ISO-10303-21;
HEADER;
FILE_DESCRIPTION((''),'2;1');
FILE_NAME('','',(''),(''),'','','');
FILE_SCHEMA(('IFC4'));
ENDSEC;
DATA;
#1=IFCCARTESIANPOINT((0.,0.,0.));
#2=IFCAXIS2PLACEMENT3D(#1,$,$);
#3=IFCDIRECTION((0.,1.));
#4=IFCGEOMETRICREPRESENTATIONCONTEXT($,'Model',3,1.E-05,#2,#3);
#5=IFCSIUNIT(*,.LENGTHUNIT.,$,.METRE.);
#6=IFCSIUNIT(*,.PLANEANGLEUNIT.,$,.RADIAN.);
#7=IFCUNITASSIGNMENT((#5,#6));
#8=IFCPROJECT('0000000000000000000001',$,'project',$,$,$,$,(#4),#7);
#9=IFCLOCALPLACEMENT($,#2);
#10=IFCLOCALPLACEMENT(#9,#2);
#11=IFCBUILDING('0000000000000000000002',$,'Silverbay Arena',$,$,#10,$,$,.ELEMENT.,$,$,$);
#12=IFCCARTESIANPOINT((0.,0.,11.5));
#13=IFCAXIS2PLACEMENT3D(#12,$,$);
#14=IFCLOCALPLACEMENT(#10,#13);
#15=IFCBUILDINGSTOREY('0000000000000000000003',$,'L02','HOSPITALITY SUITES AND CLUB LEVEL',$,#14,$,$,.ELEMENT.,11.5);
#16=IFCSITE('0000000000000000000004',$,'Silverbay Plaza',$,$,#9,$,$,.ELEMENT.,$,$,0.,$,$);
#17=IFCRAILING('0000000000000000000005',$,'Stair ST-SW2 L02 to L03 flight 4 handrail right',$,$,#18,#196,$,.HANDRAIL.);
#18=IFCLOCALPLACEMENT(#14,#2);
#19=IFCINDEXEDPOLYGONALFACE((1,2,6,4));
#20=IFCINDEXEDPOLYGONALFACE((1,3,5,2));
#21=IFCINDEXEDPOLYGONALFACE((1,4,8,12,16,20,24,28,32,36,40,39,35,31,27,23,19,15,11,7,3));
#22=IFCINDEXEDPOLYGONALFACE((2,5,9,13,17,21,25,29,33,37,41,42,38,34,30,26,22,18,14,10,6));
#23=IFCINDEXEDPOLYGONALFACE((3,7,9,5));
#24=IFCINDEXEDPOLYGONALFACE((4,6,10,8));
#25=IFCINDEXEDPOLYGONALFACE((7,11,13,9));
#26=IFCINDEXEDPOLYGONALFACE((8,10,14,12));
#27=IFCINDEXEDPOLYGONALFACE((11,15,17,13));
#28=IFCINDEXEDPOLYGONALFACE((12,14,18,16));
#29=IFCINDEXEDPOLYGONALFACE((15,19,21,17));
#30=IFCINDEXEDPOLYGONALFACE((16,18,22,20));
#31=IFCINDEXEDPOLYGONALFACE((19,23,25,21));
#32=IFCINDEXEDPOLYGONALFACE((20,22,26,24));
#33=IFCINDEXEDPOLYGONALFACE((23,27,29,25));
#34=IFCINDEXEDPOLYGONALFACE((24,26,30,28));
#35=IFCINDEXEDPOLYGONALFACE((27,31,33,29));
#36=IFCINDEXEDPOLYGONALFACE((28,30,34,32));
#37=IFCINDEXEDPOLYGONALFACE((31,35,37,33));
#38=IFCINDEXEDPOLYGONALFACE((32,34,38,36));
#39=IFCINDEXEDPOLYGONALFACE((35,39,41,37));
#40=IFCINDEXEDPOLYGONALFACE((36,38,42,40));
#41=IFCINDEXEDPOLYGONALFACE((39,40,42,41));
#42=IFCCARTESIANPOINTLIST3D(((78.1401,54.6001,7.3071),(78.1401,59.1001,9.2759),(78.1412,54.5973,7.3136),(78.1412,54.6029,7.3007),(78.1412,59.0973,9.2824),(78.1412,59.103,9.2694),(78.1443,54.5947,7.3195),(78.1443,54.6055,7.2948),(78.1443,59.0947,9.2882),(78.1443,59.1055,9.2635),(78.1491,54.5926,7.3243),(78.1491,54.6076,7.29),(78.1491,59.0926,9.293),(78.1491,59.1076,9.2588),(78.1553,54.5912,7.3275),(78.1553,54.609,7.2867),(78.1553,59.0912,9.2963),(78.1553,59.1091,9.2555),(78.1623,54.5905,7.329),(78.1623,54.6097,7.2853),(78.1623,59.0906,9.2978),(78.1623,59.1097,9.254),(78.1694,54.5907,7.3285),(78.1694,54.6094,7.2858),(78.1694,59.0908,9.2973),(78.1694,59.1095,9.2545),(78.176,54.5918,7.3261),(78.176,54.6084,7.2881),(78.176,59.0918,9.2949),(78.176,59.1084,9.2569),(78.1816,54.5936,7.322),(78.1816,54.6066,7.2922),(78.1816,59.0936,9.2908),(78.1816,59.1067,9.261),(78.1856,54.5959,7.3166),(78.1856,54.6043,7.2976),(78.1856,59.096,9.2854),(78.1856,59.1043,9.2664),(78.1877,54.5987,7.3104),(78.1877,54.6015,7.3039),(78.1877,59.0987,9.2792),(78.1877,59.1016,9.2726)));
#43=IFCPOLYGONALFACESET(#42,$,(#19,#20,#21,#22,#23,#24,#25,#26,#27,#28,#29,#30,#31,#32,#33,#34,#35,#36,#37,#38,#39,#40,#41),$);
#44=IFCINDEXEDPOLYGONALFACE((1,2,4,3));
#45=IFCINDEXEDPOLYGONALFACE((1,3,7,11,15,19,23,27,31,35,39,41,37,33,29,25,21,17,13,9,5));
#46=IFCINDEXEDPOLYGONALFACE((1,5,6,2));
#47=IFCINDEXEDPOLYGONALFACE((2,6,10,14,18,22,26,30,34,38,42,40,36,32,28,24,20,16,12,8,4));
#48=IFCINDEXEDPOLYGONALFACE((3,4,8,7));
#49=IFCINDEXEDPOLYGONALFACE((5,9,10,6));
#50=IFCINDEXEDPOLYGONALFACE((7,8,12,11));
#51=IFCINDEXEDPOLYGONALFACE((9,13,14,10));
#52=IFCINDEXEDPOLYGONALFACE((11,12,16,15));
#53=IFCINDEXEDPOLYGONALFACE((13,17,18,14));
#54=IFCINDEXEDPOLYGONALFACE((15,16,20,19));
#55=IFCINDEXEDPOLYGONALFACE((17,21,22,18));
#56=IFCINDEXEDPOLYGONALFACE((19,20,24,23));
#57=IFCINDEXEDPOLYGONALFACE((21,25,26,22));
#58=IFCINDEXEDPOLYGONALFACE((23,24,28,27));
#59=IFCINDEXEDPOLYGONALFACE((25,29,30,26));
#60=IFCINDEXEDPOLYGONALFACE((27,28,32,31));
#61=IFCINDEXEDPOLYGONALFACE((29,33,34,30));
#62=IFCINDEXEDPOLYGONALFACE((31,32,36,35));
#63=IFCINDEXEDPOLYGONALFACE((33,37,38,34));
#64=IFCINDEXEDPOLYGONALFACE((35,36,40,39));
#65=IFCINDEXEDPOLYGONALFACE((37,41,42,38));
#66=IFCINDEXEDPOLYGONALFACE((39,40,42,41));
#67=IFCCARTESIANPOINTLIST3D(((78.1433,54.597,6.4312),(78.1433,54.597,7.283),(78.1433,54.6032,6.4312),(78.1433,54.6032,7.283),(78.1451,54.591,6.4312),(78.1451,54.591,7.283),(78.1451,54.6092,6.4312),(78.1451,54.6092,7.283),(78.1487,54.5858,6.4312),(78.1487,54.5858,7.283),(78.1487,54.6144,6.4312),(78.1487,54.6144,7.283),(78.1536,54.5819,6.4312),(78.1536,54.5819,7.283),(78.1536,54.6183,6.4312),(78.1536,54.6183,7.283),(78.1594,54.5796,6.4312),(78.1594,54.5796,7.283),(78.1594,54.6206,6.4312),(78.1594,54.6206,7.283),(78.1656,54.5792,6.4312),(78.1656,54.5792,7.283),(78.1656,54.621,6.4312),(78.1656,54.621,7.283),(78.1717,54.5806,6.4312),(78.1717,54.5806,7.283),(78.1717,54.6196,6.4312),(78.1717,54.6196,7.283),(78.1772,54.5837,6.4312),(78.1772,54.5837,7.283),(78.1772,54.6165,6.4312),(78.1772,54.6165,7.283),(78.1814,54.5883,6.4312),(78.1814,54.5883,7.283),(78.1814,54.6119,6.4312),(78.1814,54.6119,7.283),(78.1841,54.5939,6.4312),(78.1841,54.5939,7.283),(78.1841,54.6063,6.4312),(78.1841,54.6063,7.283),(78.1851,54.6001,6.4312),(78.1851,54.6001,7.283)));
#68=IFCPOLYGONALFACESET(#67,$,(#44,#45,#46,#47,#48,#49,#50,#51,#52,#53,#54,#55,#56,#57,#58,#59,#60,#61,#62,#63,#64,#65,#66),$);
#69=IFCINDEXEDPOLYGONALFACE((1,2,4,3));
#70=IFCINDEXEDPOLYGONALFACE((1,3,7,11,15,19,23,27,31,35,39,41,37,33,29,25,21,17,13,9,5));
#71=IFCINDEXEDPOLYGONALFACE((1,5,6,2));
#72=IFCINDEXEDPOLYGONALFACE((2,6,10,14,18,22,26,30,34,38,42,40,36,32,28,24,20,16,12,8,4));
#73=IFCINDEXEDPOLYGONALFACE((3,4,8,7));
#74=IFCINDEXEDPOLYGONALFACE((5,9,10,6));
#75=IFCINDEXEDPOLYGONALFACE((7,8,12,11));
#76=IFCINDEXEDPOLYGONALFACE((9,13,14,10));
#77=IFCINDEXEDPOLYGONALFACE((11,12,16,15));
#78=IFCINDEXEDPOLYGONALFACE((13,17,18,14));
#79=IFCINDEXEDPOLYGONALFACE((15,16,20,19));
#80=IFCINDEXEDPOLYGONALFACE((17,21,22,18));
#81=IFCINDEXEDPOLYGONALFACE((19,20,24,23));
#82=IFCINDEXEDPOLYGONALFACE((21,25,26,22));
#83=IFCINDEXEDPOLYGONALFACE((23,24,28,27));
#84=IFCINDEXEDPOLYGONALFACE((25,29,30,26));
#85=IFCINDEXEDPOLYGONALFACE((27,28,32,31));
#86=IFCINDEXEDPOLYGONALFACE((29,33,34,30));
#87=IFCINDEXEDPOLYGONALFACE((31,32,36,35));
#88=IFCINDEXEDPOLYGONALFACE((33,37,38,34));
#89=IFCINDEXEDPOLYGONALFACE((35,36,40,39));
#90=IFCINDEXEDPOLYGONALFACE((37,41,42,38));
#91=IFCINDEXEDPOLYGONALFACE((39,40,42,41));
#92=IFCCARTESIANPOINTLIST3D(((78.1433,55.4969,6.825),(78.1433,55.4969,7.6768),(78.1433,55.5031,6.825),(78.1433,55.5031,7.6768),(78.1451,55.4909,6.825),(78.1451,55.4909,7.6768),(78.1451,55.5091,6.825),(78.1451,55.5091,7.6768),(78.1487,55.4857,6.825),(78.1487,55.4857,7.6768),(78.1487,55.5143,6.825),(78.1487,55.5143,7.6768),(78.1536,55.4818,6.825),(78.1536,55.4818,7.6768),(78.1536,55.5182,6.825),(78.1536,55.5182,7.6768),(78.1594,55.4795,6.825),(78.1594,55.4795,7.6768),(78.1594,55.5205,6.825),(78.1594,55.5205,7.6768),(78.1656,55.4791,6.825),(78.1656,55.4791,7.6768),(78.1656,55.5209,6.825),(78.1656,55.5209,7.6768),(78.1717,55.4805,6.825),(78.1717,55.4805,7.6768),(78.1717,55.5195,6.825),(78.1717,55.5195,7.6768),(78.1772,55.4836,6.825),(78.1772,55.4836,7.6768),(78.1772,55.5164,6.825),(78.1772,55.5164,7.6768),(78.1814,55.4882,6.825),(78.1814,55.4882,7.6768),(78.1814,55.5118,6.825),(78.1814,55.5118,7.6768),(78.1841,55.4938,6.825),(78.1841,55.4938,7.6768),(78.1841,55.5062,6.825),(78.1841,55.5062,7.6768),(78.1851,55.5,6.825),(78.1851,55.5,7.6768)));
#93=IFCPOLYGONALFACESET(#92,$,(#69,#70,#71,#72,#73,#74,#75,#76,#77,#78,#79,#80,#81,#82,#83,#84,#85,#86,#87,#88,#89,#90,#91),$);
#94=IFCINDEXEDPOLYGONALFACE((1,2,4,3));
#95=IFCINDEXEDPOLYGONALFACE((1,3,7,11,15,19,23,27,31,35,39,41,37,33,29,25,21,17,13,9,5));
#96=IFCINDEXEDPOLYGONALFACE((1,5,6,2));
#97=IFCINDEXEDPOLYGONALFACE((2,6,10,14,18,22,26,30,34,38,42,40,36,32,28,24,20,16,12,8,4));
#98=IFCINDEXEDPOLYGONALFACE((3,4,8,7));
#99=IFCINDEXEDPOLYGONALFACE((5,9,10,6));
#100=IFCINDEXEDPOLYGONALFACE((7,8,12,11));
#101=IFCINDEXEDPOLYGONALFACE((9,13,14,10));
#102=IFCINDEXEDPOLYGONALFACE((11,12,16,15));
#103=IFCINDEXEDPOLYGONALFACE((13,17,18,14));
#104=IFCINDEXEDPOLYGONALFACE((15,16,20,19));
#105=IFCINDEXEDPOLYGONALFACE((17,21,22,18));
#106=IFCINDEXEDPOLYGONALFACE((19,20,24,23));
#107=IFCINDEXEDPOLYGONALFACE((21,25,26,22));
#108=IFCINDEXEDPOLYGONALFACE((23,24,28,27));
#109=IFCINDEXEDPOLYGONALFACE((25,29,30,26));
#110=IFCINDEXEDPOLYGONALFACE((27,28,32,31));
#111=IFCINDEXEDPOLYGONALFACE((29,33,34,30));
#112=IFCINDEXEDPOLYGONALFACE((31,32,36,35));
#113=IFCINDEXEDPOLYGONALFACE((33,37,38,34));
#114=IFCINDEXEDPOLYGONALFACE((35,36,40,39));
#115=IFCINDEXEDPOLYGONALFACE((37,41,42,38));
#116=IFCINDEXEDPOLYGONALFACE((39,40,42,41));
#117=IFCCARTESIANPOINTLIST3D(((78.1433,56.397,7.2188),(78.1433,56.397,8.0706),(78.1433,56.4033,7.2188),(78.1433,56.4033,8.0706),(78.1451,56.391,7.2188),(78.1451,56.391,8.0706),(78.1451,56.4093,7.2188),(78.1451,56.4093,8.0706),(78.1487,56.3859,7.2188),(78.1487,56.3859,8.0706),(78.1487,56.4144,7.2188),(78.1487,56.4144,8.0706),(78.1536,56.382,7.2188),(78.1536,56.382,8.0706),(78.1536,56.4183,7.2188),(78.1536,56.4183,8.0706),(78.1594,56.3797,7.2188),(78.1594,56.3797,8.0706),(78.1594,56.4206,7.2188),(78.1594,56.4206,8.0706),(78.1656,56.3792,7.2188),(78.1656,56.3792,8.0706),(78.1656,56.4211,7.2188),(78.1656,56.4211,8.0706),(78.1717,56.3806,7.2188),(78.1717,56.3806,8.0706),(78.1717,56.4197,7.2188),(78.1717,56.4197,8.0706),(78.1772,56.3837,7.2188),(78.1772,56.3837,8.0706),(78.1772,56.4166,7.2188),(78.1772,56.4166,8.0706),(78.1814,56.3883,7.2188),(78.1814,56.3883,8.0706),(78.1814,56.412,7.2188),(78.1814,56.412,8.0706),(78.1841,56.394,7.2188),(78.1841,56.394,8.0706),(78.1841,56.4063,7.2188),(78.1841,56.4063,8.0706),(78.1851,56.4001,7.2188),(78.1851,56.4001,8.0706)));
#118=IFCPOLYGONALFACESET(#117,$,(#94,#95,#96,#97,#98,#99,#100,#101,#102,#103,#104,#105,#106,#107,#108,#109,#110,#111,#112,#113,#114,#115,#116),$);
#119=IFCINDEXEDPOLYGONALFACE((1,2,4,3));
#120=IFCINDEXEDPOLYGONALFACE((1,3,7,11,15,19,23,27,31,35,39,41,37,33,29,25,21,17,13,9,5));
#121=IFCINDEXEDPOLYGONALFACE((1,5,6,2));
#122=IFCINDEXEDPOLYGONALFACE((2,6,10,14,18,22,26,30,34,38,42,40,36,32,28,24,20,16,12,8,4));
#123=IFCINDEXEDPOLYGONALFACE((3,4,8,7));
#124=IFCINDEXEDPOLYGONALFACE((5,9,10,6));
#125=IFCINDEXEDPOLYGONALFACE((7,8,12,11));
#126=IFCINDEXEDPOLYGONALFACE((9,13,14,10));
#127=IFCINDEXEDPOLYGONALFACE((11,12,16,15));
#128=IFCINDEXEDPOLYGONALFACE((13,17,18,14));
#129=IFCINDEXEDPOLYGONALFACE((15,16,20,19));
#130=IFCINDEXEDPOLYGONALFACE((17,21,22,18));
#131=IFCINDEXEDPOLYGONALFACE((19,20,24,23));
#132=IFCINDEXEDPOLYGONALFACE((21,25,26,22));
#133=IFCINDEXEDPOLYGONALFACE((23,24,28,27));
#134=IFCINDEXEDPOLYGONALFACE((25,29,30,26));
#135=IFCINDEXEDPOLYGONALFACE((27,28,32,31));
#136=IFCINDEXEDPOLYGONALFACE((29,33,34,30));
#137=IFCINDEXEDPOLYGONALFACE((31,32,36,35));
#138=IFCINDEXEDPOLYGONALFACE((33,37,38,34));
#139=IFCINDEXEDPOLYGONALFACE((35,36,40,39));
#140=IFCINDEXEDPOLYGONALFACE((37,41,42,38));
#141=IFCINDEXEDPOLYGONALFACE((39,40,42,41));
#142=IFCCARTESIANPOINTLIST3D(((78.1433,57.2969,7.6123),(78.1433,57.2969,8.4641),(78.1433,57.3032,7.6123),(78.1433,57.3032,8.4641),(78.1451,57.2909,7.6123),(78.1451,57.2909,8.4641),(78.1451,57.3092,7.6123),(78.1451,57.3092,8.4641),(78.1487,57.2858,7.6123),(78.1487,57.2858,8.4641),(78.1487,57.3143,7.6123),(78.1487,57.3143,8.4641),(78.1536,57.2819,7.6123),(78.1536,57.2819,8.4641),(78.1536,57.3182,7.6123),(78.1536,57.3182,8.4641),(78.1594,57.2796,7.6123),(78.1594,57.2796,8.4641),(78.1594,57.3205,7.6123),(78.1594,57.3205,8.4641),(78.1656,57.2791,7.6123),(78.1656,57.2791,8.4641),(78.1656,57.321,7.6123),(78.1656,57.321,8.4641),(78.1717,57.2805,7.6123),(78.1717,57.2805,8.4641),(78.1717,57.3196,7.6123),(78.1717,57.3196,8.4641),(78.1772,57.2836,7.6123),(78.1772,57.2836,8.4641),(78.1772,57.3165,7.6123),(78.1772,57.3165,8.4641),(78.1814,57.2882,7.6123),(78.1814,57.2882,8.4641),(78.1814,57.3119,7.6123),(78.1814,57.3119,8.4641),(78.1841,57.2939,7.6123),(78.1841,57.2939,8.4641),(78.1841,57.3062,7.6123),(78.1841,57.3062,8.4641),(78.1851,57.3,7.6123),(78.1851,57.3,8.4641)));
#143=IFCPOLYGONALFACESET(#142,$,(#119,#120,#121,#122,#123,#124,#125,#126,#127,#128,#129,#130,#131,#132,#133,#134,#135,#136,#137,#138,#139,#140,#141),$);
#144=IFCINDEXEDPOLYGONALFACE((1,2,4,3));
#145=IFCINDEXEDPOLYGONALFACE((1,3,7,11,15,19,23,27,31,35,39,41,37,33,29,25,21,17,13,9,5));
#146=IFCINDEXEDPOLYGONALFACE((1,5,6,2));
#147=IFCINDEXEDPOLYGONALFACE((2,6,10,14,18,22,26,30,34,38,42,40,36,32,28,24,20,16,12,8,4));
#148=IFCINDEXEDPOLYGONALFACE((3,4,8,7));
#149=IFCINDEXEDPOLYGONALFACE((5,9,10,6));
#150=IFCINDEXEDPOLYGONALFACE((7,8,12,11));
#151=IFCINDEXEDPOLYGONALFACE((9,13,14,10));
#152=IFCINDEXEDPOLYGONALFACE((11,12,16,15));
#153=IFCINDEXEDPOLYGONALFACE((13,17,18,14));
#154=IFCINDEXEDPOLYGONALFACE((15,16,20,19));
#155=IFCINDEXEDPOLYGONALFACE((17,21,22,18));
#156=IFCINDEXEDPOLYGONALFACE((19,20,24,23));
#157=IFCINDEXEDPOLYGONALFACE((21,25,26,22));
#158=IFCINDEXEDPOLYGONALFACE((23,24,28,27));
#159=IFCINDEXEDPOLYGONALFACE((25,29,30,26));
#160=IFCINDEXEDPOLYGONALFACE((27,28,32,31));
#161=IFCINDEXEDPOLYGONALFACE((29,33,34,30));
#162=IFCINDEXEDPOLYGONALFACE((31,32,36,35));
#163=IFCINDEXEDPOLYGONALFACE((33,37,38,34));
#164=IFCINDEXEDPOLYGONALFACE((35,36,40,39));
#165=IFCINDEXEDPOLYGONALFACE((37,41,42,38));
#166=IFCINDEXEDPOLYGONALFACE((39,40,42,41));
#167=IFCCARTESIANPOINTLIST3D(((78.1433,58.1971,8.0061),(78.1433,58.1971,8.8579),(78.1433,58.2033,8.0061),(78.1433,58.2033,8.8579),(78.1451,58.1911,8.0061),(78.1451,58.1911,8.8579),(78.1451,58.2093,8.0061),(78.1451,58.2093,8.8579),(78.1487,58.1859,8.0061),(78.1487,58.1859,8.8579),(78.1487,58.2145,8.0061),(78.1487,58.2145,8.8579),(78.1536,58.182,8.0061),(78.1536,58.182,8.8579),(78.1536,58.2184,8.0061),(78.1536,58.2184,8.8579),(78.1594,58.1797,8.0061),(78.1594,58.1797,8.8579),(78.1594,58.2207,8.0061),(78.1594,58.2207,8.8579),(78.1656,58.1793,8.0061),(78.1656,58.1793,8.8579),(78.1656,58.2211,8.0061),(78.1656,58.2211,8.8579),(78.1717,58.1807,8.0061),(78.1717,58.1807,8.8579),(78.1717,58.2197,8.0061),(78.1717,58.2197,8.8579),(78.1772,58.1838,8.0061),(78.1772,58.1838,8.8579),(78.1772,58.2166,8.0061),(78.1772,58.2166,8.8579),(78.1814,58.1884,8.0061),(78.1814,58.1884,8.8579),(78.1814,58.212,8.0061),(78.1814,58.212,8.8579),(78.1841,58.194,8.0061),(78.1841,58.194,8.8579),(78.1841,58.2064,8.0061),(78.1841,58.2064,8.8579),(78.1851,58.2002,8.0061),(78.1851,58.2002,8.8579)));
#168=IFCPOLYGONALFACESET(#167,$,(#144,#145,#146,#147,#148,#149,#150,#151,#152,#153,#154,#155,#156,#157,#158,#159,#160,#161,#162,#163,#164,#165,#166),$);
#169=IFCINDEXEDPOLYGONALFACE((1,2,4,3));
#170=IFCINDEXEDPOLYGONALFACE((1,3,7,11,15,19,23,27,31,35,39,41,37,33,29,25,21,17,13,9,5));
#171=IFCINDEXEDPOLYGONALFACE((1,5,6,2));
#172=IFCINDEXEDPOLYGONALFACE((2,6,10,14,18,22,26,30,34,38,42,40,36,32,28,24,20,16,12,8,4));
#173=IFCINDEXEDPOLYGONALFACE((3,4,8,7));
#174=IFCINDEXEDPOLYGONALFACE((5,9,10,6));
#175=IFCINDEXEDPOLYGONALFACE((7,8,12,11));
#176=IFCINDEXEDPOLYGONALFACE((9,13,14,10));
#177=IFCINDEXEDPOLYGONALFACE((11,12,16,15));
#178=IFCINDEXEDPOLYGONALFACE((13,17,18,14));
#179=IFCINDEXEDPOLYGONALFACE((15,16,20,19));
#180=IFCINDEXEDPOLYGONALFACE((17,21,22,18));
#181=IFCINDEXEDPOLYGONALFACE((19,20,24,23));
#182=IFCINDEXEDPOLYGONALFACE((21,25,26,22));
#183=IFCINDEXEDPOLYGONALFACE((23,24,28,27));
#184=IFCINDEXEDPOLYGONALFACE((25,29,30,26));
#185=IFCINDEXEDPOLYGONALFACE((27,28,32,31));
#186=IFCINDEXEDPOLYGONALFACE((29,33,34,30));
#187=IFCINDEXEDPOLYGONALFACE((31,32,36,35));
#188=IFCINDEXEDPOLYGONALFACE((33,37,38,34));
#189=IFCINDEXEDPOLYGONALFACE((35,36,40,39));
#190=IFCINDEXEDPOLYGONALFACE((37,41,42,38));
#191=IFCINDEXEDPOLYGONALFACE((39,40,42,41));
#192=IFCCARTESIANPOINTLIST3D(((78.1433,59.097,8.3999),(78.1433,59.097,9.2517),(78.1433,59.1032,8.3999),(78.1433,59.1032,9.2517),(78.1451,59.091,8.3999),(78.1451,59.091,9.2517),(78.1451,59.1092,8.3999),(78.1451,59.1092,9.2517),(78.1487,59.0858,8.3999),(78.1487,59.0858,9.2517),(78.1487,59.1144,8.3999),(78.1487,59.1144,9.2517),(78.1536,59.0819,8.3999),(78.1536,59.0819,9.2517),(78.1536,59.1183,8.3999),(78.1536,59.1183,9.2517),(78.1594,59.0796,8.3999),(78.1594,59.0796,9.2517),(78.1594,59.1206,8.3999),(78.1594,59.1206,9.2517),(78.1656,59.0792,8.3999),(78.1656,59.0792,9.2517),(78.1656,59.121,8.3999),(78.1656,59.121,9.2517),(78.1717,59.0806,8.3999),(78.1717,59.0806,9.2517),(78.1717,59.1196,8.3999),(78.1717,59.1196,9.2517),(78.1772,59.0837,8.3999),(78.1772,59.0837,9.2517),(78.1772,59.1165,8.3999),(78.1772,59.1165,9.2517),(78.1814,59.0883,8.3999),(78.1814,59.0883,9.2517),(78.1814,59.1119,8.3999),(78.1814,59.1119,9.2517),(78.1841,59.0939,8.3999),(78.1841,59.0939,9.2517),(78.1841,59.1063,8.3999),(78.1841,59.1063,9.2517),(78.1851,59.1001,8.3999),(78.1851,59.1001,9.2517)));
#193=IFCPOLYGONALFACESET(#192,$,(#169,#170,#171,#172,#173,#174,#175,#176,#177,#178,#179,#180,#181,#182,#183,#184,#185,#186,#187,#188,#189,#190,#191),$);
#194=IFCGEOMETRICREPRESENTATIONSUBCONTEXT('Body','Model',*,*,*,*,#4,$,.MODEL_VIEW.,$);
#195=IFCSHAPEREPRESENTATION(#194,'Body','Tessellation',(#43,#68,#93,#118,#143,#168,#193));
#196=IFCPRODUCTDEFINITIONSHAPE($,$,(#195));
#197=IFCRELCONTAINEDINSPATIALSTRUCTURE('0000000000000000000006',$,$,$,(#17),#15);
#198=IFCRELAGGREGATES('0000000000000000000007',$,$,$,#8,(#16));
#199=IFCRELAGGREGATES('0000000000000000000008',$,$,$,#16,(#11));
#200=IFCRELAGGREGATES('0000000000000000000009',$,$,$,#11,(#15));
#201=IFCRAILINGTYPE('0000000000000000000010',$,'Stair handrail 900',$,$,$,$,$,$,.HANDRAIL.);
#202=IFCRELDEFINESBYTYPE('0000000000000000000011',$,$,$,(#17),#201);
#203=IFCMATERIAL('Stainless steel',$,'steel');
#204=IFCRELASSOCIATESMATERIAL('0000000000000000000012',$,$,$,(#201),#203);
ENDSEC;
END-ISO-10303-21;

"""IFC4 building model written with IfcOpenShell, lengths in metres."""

from ifc_helpers import new_model, si_unit, direction, frame, origin, origin_2d, place, context, subcontext, project, spatial, circle, extrude, material, type_object, element, save


model = new_model("IFC4")

# Units and contexts
model_context = context("Model", 3, precision=1e-05, world=origin(), true_north=direction((0.0, 1.0)))
body_context = subcontext(model_context, "Body", "Model", "MODEL_VIEW")
ifc_project = project(units=[si_unit("LENGTHUNIT", "METRE"), si_unit("PLANEANGLEUNIT", "RADIAN")], contexts=[model_context])

# Site, building, storey
site_placement = place(None, origin())
site = spatial("IfcSite", under=ifc_project, at=site_placement, Name="Silverbay Plaza", CompositionType="ELEMENT", RefElevation=0.0)
building_placement = place(site_placement, origin())
building = spatial("IfcBuilding", under=site, at=building_placement, Name="Silverbay Arena", CompositionType="ELEMENT")
storey_placement = place(building_placement, frame((0.0, 0.0, 11.5)))
storey = spatial("IfcBuildingStorey", under=building, at=storey_placement, Name="L02", Description="HOSPITALITY SUITES AND CLUB LEVEL", CompositionType="ELEMENT", Elevation=11.5)

# Railing
ifc_material_1 = material(Name="Stainless steel", Category="steel")
railing_type_1 = type_object("IfcRailingType", Name="Stair handrail 900", PredefinedType="HANDRAIL", material=ifc_material_1)
for number, where, name in (
    (1, (78.1641, 54.6001, 6.4312), "Stair ST-SW2 L02 to L03 flight 4 handrail right"),
):
    element("IfcRailing", number, at=place(storey_placement, frame(where)), inside=storey, type_object=railing_type_1, Name=name, PredefinedType="HANDRAIL", context=body_context, shape_type="SweptSolid", body=[
        extrude(circle(Radius=0.0239, at=origin_2d()), frame((0.0, 0.0, 0.876), z_axis=(0.0, 0.916157, 0.400819), x_axis=(-1.0, 0.0, 0.0)), (0.0, 0.0, 1.0), 4.9119),
        extrude(circle(Radius=0.021, at=origin_2d()), origin(), (0.0, 0.0, 1.0), 0.8518),
        extrude(circle(Radius=0.021, at=origin_2d()), frame((0.0, 0.8999, 0.3938)), (0.0, 0.0, 1.0), 0.8518),
        extrude(circle(Radius=0.021, at=origin_2d()), frame((0.0, 1.8, 0.7876)), (0.0, 0.0, 1.0), 0.8518),
        extrude(circle(Radius=0.021, at=origin_2d()), frame((0.0, 2.7, 1.1812)), (0.0, 0.0, 1.0), 0.8518),
        extrude(circle(Radius=0.021, at=origin_2d()), frame((0.0, 3.6001, 1.575)), (0.0, 0.0, 1.0), 0.8518),
        extrude(circle(Radius=0.021, at=origin_2d()), frame((0.0, 4.5, 1.9688)), (0.0, 0.0, 1.0), 0.8518),
    ])

save(model, "model.ifc")
